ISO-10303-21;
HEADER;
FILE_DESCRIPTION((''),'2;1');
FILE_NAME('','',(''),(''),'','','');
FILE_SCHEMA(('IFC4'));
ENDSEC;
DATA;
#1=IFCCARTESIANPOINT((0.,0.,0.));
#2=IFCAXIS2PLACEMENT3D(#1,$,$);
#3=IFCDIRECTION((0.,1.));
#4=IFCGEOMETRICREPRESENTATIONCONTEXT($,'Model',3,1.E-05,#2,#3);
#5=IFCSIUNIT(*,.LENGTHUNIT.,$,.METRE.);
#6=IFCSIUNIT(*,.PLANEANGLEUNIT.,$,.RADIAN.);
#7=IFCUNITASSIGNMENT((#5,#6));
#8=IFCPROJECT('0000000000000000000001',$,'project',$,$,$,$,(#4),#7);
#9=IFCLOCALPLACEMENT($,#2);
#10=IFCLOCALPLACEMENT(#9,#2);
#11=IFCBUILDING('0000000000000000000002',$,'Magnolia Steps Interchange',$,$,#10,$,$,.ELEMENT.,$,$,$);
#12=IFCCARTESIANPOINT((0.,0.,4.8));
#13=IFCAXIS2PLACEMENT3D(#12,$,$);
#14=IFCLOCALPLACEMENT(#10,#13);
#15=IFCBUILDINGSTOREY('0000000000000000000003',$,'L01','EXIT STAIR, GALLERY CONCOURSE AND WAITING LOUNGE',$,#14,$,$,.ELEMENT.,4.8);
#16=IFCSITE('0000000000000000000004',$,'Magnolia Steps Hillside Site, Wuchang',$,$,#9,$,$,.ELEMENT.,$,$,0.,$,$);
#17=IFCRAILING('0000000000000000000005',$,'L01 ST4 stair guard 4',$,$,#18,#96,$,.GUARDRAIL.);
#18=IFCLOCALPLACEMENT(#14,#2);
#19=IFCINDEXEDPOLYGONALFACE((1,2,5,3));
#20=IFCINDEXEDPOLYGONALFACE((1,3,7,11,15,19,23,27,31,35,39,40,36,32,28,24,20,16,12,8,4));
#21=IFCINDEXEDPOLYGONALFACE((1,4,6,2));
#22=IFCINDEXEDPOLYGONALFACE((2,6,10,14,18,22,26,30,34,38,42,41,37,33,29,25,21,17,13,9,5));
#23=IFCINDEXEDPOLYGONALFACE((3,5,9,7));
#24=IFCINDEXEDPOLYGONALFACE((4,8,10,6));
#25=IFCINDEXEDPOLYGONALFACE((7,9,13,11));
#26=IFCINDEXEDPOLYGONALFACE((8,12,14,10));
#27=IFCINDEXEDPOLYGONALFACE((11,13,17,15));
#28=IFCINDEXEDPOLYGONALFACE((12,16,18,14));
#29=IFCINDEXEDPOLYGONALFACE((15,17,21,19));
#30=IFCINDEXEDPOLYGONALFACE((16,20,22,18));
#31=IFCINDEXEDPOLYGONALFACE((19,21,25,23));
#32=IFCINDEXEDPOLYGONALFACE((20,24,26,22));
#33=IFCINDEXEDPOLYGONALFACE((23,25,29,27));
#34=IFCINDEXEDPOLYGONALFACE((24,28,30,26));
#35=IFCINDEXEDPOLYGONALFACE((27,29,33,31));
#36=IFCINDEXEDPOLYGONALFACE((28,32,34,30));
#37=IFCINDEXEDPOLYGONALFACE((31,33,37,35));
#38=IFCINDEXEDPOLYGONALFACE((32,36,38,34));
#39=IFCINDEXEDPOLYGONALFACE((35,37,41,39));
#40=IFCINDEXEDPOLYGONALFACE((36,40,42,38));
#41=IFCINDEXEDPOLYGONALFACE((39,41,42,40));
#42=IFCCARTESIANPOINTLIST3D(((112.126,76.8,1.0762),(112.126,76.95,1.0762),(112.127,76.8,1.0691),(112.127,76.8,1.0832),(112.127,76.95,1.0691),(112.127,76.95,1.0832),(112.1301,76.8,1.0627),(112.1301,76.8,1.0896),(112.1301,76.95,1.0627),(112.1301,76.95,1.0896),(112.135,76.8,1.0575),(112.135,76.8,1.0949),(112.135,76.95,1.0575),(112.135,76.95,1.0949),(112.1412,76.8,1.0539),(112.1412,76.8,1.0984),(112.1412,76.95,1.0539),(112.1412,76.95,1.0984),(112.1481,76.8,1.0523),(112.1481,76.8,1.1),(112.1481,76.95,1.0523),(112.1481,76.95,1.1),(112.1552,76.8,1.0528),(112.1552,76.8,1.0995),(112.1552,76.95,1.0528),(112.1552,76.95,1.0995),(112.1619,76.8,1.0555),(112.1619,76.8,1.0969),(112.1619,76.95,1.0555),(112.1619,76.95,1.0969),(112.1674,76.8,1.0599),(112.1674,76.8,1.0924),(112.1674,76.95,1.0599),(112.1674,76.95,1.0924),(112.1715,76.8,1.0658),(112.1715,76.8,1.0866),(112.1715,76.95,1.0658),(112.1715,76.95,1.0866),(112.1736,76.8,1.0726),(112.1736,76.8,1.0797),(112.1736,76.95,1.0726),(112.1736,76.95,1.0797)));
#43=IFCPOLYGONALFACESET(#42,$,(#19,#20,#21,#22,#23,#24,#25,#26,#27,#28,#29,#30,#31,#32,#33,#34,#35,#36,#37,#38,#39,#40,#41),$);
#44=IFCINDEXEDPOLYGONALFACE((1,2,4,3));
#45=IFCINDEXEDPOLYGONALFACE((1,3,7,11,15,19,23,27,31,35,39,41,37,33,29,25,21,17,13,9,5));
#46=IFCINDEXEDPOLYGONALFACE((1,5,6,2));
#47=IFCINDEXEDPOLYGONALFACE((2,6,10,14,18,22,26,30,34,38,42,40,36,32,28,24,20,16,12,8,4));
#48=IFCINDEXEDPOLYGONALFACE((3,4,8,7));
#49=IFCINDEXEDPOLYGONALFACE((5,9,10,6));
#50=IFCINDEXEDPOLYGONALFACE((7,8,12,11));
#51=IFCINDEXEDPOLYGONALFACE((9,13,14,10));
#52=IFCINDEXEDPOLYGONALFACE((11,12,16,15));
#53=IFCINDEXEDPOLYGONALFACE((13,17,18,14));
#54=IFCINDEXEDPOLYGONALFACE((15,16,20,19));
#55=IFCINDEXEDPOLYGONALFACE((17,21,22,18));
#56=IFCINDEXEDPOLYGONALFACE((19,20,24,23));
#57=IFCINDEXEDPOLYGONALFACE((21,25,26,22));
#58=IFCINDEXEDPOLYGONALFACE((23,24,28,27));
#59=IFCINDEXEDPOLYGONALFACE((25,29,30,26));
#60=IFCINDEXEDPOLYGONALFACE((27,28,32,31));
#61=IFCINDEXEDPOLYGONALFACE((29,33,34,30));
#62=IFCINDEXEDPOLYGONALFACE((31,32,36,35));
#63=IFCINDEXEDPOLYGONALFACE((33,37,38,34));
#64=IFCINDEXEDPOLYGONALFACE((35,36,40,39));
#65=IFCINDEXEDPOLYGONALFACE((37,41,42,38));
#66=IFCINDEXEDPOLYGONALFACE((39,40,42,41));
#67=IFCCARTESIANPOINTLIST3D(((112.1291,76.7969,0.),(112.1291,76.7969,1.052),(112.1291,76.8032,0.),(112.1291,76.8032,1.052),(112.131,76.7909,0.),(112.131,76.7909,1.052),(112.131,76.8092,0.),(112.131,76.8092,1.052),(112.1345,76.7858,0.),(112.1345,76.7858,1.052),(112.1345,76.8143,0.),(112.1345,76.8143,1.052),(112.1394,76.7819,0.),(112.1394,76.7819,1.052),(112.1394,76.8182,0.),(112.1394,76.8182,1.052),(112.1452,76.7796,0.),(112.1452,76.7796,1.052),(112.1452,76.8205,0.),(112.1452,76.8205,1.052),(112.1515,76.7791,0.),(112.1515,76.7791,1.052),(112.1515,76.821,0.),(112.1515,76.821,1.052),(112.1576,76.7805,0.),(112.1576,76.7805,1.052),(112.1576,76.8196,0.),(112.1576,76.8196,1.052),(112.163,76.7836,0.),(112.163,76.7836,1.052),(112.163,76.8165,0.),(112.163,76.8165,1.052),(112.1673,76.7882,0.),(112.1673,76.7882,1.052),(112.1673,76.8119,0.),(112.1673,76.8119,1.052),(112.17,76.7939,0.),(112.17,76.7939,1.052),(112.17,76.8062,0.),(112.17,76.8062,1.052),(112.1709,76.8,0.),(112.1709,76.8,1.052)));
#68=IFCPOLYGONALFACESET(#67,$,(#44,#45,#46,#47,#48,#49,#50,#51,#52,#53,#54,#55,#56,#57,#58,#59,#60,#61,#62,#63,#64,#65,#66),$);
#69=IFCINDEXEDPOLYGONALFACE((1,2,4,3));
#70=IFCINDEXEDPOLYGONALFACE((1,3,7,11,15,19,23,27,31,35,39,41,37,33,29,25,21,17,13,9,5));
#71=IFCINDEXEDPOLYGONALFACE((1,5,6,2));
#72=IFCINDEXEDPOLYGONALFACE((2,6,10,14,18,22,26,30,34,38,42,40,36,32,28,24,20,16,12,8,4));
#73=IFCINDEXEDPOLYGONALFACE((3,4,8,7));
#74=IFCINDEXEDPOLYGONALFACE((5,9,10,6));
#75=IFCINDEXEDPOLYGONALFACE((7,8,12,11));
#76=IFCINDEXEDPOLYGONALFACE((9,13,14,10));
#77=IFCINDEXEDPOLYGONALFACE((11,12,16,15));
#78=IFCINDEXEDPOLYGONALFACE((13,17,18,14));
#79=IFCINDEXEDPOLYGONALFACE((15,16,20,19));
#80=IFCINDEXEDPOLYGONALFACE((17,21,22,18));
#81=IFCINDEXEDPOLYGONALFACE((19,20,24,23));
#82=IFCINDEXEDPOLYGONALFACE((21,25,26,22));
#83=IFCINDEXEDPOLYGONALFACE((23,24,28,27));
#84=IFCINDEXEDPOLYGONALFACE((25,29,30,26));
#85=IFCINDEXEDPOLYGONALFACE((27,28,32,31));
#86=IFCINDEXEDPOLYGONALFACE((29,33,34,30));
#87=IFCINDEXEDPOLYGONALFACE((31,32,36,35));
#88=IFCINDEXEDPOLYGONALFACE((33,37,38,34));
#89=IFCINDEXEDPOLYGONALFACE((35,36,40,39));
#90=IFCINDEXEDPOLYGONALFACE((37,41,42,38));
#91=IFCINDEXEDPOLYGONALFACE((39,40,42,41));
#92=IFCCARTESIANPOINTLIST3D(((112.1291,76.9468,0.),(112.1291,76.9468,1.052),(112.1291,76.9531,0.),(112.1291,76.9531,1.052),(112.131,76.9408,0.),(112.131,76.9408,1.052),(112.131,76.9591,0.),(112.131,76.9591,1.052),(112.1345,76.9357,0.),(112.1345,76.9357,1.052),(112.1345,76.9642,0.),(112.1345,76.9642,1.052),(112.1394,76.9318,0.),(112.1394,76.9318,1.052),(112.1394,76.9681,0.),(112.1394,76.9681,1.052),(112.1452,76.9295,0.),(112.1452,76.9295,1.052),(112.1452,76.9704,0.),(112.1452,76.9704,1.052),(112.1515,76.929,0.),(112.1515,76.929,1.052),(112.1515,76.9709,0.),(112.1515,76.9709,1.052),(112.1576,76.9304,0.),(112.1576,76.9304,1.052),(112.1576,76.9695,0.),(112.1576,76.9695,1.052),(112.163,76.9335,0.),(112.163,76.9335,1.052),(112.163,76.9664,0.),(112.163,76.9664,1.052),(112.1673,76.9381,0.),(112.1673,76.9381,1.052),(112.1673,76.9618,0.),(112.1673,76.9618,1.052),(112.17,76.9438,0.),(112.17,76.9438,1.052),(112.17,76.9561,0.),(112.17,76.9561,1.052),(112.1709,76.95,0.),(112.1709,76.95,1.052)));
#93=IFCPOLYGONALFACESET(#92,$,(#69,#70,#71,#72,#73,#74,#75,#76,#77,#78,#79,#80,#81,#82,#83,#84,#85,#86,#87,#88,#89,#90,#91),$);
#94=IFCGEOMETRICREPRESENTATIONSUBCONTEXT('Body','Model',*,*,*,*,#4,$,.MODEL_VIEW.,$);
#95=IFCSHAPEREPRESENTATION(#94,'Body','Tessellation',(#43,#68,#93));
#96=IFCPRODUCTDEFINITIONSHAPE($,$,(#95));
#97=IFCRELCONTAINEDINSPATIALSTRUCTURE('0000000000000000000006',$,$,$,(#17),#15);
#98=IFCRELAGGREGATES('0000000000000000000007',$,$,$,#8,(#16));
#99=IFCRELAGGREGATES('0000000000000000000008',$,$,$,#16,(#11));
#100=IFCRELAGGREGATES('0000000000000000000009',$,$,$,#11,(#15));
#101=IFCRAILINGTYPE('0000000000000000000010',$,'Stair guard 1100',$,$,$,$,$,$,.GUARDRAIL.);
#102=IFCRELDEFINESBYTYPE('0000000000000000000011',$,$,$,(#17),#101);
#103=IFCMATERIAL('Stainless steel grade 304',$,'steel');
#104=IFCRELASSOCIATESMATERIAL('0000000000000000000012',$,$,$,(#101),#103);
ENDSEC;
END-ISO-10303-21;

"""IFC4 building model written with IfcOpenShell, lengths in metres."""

from ifc_helpers import new_model, si_unit, direction, frame, origin, origin_2d, place, context, subcontext, project, spatial, circle, extrude, material, type_object, element, save


model = new_model("IFC4")

# Units and contexts
model_context = context("Model", 3, precision=1e-05, world=origin(), true_north=direction((0.0, 1.0)))
body_context = subcontext(model_context, "Body", "Model", "MODEL_VIEW")
ifc_project = project(units=[si_unit("LENGTHUNIT", "METRE"), si_unit("PLANEANGLEUNIT", "RADIAN")], contexts=[model_context])

# Site, building, storey
site_placement = place(None, origin())
site = spatial("IfcSite", under=ifc_project, at=site_placement, Name="Magnolia Steps Hillside Site, Wuchang", CompositionType="ELEMENT", RefElevation=0.0)
building_placement = place(site_placement, origin())
building = spatial("IfcBuilding", under=site, at=building_placement, Name="Magnolia Steps Interchange", CompositionType="ELEMENT")
storey_placement = place(building_placement, frame((0.0, 0.0, 4.8)))
storey = spatial("IfcBuildingStorey", under=building, at=storey_placement, Name="L01", Description="EXIT STAIR, GALLERY CONCOURSE AND WAITING LOUNGE", CompositionType="ELEMENT", Elevation=4.8)

# Railing
ifc_material_1 = material(Name="Stainless steel grade 304", Category="steel")
railing_type_1 = type_object("IfcRailingType", Name="Stair guard 1100", PredefinedType="GUARDRAIL", material=ifc_material_1)
railing_1_placement = place(storey_placement, frame((112.1499, 76.8, 0.0)))
element("IfcRailing", 1, at=railing_1_placement, inside=storey, type_object=railing_type_1, Name="L01 ST4 stair guard 4", PredefinedType="GUARDRAIL", context=body_context, shape_type="SweptSolid", body=[
    extrude(circle(Radius=0.0239, at=origin_2d()), frame((0.0, 0.0, 1.0762), z_axis=(0.0, 1.0, 0.0), x_axis=(-1.0, 0.0, 0.0)), (0.0, 0.0, 1.0), 0.1499),
    extrude(circle(Radius=0.021, at=origin_2d()), origin(), (0.0, 0.0, 1.0), 1.052),
    extrude(circle(Radius=0.021, at=origin_2d()), frame((0.0, 0.1499, 0.0)), (0.0, 0.0, 1.0), 1.052),
])

save(model, "model.ifc")
